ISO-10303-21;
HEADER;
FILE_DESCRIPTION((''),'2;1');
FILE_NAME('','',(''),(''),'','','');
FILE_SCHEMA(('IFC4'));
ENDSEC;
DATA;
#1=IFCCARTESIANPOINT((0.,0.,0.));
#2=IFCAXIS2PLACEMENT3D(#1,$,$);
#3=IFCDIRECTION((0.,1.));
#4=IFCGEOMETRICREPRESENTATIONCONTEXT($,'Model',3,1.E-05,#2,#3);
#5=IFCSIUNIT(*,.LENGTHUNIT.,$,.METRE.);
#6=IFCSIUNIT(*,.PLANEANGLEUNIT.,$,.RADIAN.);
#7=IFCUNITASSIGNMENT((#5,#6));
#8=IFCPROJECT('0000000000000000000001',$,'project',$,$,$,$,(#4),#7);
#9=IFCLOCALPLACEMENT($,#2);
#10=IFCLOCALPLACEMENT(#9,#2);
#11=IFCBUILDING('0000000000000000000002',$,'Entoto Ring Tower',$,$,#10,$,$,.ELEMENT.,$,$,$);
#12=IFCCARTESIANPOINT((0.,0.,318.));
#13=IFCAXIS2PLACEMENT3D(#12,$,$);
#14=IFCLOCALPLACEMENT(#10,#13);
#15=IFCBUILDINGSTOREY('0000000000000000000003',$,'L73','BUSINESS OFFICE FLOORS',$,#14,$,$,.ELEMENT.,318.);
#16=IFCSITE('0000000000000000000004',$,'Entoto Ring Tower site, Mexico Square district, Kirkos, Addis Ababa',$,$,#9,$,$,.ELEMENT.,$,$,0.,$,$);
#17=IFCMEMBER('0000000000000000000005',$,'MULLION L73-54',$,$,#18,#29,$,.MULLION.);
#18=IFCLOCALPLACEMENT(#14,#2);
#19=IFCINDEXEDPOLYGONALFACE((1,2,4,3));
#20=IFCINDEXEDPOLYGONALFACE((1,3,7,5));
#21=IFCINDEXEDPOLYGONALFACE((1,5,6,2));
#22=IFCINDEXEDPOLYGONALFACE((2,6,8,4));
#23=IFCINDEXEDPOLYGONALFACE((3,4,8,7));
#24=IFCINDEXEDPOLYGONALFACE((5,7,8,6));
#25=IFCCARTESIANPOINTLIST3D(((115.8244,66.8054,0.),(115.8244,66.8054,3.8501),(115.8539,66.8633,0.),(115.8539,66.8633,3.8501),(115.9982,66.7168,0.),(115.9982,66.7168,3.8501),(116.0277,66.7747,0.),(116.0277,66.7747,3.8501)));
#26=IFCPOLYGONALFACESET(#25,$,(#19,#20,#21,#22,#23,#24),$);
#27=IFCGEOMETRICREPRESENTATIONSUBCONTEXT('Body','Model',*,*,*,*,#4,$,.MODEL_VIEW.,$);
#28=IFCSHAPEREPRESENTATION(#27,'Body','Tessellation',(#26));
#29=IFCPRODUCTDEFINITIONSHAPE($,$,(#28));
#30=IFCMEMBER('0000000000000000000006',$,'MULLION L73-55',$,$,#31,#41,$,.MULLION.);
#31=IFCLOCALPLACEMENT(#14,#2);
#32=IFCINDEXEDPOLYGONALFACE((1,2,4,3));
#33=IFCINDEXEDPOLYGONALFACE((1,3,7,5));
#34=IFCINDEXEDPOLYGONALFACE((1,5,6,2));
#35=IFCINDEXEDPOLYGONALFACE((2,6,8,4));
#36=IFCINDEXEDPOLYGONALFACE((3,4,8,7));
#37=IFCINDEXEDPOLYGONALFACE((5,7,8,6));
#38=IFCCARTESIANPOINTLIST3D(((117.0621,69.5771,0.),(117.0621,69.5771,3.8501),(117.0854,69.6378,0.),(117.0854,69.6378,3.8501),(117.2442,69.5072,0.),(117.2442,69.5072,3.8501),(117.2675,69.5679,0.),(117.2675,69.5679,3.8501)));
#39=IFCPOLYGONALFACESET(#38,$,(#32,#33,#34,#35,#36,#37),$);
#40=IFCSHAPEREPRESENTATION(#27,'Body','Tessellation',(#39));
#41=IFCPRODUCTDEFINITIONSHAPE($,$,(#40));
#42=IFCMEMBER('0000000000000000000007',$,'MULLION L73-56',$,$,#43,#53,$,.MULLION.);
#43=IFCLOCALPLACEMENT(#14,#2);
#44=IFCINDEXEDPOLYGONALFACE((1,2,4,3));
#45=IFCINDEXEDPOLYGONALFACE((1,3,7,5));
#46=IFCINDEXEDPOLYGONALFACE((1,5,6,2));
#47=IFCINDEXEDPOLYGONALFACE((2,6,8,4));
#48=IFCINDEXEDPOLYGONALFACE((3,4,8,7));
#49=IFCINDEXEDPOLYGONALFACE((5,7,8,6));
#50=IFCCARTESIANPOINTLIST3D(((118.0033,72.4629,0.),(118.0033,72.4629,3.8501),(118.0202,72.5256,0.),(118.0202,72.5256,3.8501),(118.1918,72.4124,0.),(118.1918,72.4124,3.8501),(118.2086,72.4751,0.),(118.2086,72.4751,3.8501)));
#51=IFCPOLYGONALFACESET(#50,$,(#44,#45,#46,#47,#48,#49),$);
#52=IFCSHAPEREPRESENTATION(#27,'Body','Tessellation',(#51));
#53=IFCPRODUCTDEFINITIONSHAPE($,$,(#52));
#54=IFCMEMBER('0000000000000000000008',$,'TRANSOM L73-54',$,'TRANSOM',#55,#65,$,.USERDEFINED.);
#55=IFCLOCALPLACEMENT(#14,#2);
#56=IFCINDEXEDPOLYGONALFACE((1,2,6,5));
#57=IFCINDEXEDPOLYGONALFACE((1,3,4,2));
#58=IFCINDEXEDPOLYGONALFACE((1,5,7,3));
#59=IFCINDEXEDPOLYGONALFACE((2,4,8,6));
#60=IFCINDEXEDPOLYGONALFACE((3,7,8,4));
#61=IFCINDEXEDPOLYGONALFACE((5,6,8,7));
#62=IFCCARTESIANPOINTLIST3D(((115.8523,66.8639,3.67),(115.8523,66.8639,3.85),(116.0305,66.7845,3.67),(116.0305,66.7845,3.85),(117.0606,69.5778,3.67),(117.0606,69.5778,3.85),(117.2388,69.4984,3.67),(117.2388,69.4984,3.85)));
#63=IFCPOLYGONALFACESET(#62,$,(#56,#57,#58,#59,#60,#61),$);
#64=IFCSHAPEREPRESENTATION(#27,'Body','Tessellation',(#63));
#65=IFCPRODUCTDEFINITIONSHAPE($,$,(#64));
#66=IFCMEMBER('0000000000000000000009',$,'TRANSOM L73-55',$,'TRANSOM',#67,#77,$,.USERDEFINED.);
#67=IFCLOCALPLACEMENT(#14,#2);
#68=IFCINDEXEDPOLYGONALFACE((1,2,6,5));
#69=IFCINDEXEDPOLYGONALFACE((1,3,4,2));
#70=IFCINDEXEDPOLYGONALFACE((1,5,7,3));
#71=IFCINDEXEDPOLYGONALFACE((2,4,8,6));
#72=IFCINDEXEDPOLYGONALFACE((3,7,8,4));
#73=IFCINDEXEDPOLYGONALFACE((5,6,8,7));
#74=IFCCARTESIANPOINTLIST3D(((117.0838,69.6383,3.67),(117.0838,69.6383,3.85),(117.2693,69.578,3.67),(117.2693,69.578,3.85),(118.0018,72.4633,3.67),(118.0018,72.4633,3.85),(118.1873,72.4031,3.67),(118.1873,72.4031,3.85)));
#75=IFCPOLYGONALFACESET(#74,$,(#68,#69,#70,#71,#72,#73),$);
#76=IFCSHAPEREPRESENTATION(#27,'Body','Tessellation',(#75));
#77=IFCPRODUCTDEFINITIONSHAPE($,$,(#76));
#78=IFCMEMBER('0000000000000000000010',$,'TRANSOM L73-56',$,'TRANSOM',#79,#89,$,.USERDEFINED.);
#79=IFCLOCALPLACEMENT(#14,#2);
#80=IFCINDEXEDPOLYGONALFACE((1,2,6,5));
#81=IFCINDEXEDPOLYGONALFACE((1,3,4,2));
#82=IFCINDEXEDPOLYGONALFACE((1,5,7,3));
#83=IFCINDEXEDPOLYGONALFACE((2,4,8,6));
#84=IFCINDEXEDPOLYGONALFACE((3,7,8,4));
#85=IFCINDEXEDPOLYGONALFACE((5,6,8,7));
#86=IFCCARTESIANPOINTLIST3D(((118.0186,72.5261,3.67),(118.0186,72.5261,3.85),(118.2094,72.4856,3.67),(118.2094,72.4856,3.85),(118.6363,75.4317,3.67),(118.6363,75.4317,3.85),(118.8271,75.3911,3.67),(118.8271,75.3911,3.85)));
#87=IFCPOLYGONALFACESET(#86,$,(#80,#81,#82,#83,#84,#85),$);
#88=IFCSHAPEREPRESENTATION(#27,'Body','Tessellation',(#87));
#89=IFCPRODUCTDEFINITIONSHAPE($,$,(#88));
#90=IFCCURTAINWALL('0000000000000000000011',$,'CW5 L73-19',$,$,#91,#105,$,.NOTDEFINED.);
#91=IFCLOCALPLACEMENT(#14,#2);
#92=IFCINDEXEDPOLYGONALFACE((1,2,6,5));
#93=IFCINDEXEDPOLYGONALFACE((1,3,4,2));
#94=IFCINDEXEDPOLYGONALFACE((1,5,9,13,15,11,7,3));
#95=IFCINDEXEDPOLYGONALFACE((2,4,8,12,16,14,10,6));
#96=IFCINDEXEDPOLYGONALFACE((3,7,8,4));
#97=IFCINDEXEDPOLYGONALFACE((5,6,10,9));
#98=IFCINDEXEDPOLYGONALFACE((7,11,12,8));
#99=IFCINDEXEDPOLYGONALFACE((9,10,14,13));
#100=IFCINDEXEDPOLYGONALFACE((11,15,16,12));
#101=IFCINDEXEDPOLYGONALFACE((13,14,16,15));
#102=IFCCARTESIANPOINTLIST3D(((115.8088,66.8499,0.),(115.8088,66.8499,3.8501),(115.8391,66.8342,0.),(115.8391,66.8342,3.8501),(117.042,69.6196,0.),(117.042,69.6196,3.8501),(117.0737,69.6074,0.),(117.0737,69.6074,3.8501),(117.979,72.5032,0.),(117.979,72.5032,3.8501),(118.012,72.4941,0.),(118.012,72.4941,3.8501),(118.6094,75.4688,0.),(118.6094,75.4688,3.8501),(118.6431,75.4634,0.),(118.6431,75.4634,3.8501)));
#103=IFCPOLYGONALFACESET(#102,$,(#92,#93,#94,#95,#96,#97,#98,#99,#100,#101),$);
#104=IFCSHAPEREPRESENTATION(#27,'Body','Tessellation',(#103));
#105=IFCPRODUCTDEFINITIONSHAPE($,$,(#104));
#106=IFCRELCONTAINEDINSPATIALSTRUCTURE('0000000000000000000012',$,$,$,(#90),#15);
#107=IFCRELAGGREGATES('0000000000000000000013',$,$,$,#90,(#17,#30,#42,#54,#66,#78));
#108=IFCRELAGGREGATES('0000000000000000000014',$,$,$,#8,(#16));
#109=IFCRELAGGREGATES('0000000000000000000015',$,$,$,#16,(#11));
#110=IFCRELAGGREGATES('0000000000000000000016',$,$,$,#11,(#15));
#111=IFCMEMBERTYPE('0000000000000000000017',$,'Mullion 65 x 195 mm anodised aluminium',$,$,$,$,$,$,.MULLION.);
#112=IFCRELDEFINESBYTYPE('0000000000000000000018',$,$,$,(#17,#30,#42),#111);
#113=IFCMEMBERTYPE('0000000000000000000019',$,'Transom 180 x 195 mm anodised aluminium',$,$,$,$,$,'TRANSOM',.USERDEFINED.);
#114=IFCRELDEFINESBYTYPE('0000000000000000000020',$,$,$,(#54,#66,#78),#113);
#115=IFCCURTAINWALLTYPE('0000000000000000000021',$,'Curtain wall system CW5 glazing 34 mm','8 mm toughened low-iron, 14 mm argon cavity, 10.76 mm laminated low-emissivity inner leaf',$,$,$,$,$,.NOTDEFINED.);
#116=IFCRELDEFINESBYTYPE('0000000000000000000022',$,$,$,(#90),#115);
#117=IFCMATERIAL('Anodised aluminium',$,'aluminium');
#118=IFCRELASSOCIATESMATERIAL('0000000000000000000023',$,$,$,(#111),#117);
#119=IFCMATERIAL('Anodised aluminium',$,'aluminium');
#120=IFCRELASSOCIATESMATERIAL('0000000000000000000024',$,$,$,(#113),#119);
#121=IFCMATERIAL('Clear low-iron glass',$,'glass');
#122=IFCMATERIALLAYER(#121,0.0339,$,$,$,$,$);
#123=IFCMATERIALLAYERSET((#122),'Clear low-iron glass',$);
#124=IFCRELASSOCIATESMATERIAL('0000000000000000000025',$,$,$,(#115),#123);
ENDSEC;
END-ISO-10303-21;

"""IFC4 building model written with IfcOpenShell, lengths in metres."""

from ifc_helpers import new_model, si_unit, direction, frame, origin, origin_2d, place, context, subcontext, project, spatial, polyline, rectangle, outline, extrude, material, layer, layer_set, material_profile, profile_set, type_object, element, aggregate, save


model = new_model("IFC4")

# Units and contexts
model_context = context("Model", 3, precision=1e-05, world=origin(), true_north=direction((0.0, 1.0)))
body_context = subcontext(model_context, "Body", "Model", "MODEL_VIEW")
ifc_project = project(units=[si_unit("LENGTHUNIT", "METRE"), si_unit("PLANEANGLEUNIT", "RADIAN")], contexts=[model_context])

# Members
ifc_material_1 = material(Name="Anodised aluminium", Category="aluminium")
ifc_material_profile_1 = material_profile(ifc_material_1, rectangle(XDim=0.0649, YDim=0.1951, at=origin_2d()), Name="Mullion 65 x 195 mm anodised aluminium")
ifc_profile_set_1 = profile_set([ifc_material_profile_1], Name="Anodised aluminium")
member_type_1 = type_object("IfcMemberType", Name="Mullion 65 x 195 mm anodised aluminium", PredefinedType="MULLION", material=ifc_profile_set_1)
site_placement = place(None, origin())
building_placement = place(site_placement, origin())
storey_placement = place(building_placement, frame((0.0, 0.0, 318.0)))
member_1_placement = place(storey_placement, frame((115.926, 66.79, 0.0), z_axis=(0.0, 0.0, 1.0), x_axis=(0.45399, 0.891007, 0.0)))
member_1 = element("IfcMember", 1, at=member_1_placement, type_object=member_type_1, Name="MULLION L73-54", PredefinedType="MULLION", context=body_context, shape_type="SweptSolid", body=[
    extrude(rectangle(XDim=0.0649, YDim=0.1951, at=origin_2d()), origin(), (0.0, 0.0, 1.0), 3.8501),
])
member_2_placement = place(storey_placement, frame((117.1648, 69.5725, 0.0), z_axis=(0.0, 0.0, 1.0), x_axis=(0.358368, 0.93358, 0.0)))
member_2 = element("IfcMember", 2, at=member_2_placement, type_object=member_type_1, Name="MULLION L73-55", PredefinedType="MULLION", context=body_context, shape_type="SweptSolid", body=[
    extrude(rectangle(XDim=0.0649, YDim=0.1951, at=origin_2d()), origin(), (0.0, 0.0, 1.0), 3.8501),
])
member_3_placement = place(storey_placement, frame((118.106, 72.469, 0.0), z_axis=(0.0, 0.0, 1.0), x_axis=(0.258819, 0.965926, 0.0)))
member_3 = element("IfcMember", 3, at=member_3_placement, type_object=member_type_1, Name="MULLION L73-56", PredefinedType="MULLION", context=body_context, shape_type="SweptSolid", body=[
    extrude(rectangle(XDim=0.0649, YDim=0.1951, at=origin_2d()), origin(), (0.0, 0.0, 1.0), 3.8501),
])
ifc_material_2 = material(Name="Anodised aluminium", Category="aluminium")
ifc_material_profile_2 = material_profile(ifc_material_2, rectangle(XDim=0.1951, YDim=0.1799, at=origin_2d()), Name="Transom 180 x 195 mm anodised aluminium")
ifc_profile_set_2 = profile_set([ifc_material_profile_2], Name="Anodised aluminium")
member_type_2 = type_object("IfcMemberType", Name="Transom 180 x 195 mm anodised aluminium", ElementType="TRANSOM", PredefinedType="USERDEFINED", material=ifc_profile_set_2)
member_4_placement = place(storey_placement, frame((115.9414, 66.8242, 3.76), z_axis=(0.406726, 0.91355, 0.0), x_axis=(-0.91355, 0.406726, 0.0)))
member_4 = element("IfcMember", 4, at=member_4_placement, type_object=member_type_2, Name="TRANSOM L73-54", ObjectType="TRANSOM", PredefinedType="USERDEFINED", context=body_context, shape_type="SweptSolid", body=[
    extrude(rectangle(XDim=0.1951, YDim=0.1799, at=origin_2d()), origin(), (0.0, 0.0, 1.0), 2.9707),
])
member_5_placement = place(storey_placement, frame((117.1765, 69.6082, 3.76), z_axis=(0.309043, 0.951048, 0.0), x_axis=(-0.951048, 0.309043, 0.0)))
member_5 = element("IfcMember", 5, at=member_5_placement, type_object=member_type_2, Name="TRANSOM L73-55", ObjectType="TRANSOM", PredefinedType="USERDEFINED", context=body_context, shape_type="SweptSolid", body=[
    extrude(rectangle(XDim=0.1951, YDim=0.1799, at=origin_2d()), origin(), (0.0, 0.0, 1.0), 2.9705),
])
member_6_placement = place(storey_placement, frame((118.114, 72.5059, 3.76), z_axis=(0.20794, 0.978142, 0.0), x_axis=(-0.978142, 0.20794, 0.0)))
member_6 = element("IfcMember", 6, at=member_6_placement, type_object=member_type_2, Name="TRANSOM L73-56", ObjectType="TRANSOM", PredefinedType="USERDEFINED", context=body_context, shape_type="SweptSolid", body=[
    extrude(rectangle(XDim=0.1951, YDim=0.1799, at=origin_2d()), origin(), (0.0, 0.0, 1.0), 2.9705),
])

# Site, building, storey
site = spatial("IfcSite", under=ifc_project, at=site_placement, Name="Entoto Ring Tower site, Mexico Square district, Kirkos, Addis Ababa", CompositionType="ELEMENT", RefElevation=0.0)
building = spatial("IfcBuilding", under=site, at=building_placement, Name="Entoto Ring Tower", CompositionType="ELEMENT")
storey = spatial("IfcBuildingStorey", under=building, at=storey_placement, Name="L73", Description="BUSINESS OFFICE FLOORS", CompositionType="ELEMENT", Elevation=318.0)

# Curtain wall
ifc_material_3 = material(Name="Clear low-iron glass", Category="glass")
ifc_layer_1 = layer(ifc_material_3, 0.0339)
ifc_layer_set_1 = layer_set([ifc_layer_1], Name="Clear low-iron glass")
curtain_wall_type = type_object("IfcCurtainWallType", Name="Curtain wall system CW5 glazing 34 mm", Description="8 mm toughened low-iron, 14 mm argon cavity, 10.76 mm laminated low-emissivity inner leaf", PredefinedType="NOTDEFINED", material=ifc_layer_set_1)
curtain_wall_1_placement = place(storey_placement, origin())
curtain_wall_1 = element("IfcCurtainWall", 7, at=curtain_wall_1_placement, inside=storey, type_object=curtain_wall_type, Name="CW5 L73-19", PredefinedType="NOTDEFINED", context=body_context, shape_type="SweptSolid", body=[
    extrude(outline(polyline([(115.8391, 66.8342), (117.0737, 69.6074), (118.012, 72.4941), (118.6431, 75.4634), (118.6094, 75.4688), (117.979, 72.5032), (117.042, 69.6196), (115.8088, 66.8499), (115.8391, 66.8342)])), origin(), (0.0, 0.0, 1.0), 3.8501),
])
aggregate(curtain_wall_1, [member_1, member_2, member_3, member_4, member_5, member_6])

save(model, "model.ifc")
